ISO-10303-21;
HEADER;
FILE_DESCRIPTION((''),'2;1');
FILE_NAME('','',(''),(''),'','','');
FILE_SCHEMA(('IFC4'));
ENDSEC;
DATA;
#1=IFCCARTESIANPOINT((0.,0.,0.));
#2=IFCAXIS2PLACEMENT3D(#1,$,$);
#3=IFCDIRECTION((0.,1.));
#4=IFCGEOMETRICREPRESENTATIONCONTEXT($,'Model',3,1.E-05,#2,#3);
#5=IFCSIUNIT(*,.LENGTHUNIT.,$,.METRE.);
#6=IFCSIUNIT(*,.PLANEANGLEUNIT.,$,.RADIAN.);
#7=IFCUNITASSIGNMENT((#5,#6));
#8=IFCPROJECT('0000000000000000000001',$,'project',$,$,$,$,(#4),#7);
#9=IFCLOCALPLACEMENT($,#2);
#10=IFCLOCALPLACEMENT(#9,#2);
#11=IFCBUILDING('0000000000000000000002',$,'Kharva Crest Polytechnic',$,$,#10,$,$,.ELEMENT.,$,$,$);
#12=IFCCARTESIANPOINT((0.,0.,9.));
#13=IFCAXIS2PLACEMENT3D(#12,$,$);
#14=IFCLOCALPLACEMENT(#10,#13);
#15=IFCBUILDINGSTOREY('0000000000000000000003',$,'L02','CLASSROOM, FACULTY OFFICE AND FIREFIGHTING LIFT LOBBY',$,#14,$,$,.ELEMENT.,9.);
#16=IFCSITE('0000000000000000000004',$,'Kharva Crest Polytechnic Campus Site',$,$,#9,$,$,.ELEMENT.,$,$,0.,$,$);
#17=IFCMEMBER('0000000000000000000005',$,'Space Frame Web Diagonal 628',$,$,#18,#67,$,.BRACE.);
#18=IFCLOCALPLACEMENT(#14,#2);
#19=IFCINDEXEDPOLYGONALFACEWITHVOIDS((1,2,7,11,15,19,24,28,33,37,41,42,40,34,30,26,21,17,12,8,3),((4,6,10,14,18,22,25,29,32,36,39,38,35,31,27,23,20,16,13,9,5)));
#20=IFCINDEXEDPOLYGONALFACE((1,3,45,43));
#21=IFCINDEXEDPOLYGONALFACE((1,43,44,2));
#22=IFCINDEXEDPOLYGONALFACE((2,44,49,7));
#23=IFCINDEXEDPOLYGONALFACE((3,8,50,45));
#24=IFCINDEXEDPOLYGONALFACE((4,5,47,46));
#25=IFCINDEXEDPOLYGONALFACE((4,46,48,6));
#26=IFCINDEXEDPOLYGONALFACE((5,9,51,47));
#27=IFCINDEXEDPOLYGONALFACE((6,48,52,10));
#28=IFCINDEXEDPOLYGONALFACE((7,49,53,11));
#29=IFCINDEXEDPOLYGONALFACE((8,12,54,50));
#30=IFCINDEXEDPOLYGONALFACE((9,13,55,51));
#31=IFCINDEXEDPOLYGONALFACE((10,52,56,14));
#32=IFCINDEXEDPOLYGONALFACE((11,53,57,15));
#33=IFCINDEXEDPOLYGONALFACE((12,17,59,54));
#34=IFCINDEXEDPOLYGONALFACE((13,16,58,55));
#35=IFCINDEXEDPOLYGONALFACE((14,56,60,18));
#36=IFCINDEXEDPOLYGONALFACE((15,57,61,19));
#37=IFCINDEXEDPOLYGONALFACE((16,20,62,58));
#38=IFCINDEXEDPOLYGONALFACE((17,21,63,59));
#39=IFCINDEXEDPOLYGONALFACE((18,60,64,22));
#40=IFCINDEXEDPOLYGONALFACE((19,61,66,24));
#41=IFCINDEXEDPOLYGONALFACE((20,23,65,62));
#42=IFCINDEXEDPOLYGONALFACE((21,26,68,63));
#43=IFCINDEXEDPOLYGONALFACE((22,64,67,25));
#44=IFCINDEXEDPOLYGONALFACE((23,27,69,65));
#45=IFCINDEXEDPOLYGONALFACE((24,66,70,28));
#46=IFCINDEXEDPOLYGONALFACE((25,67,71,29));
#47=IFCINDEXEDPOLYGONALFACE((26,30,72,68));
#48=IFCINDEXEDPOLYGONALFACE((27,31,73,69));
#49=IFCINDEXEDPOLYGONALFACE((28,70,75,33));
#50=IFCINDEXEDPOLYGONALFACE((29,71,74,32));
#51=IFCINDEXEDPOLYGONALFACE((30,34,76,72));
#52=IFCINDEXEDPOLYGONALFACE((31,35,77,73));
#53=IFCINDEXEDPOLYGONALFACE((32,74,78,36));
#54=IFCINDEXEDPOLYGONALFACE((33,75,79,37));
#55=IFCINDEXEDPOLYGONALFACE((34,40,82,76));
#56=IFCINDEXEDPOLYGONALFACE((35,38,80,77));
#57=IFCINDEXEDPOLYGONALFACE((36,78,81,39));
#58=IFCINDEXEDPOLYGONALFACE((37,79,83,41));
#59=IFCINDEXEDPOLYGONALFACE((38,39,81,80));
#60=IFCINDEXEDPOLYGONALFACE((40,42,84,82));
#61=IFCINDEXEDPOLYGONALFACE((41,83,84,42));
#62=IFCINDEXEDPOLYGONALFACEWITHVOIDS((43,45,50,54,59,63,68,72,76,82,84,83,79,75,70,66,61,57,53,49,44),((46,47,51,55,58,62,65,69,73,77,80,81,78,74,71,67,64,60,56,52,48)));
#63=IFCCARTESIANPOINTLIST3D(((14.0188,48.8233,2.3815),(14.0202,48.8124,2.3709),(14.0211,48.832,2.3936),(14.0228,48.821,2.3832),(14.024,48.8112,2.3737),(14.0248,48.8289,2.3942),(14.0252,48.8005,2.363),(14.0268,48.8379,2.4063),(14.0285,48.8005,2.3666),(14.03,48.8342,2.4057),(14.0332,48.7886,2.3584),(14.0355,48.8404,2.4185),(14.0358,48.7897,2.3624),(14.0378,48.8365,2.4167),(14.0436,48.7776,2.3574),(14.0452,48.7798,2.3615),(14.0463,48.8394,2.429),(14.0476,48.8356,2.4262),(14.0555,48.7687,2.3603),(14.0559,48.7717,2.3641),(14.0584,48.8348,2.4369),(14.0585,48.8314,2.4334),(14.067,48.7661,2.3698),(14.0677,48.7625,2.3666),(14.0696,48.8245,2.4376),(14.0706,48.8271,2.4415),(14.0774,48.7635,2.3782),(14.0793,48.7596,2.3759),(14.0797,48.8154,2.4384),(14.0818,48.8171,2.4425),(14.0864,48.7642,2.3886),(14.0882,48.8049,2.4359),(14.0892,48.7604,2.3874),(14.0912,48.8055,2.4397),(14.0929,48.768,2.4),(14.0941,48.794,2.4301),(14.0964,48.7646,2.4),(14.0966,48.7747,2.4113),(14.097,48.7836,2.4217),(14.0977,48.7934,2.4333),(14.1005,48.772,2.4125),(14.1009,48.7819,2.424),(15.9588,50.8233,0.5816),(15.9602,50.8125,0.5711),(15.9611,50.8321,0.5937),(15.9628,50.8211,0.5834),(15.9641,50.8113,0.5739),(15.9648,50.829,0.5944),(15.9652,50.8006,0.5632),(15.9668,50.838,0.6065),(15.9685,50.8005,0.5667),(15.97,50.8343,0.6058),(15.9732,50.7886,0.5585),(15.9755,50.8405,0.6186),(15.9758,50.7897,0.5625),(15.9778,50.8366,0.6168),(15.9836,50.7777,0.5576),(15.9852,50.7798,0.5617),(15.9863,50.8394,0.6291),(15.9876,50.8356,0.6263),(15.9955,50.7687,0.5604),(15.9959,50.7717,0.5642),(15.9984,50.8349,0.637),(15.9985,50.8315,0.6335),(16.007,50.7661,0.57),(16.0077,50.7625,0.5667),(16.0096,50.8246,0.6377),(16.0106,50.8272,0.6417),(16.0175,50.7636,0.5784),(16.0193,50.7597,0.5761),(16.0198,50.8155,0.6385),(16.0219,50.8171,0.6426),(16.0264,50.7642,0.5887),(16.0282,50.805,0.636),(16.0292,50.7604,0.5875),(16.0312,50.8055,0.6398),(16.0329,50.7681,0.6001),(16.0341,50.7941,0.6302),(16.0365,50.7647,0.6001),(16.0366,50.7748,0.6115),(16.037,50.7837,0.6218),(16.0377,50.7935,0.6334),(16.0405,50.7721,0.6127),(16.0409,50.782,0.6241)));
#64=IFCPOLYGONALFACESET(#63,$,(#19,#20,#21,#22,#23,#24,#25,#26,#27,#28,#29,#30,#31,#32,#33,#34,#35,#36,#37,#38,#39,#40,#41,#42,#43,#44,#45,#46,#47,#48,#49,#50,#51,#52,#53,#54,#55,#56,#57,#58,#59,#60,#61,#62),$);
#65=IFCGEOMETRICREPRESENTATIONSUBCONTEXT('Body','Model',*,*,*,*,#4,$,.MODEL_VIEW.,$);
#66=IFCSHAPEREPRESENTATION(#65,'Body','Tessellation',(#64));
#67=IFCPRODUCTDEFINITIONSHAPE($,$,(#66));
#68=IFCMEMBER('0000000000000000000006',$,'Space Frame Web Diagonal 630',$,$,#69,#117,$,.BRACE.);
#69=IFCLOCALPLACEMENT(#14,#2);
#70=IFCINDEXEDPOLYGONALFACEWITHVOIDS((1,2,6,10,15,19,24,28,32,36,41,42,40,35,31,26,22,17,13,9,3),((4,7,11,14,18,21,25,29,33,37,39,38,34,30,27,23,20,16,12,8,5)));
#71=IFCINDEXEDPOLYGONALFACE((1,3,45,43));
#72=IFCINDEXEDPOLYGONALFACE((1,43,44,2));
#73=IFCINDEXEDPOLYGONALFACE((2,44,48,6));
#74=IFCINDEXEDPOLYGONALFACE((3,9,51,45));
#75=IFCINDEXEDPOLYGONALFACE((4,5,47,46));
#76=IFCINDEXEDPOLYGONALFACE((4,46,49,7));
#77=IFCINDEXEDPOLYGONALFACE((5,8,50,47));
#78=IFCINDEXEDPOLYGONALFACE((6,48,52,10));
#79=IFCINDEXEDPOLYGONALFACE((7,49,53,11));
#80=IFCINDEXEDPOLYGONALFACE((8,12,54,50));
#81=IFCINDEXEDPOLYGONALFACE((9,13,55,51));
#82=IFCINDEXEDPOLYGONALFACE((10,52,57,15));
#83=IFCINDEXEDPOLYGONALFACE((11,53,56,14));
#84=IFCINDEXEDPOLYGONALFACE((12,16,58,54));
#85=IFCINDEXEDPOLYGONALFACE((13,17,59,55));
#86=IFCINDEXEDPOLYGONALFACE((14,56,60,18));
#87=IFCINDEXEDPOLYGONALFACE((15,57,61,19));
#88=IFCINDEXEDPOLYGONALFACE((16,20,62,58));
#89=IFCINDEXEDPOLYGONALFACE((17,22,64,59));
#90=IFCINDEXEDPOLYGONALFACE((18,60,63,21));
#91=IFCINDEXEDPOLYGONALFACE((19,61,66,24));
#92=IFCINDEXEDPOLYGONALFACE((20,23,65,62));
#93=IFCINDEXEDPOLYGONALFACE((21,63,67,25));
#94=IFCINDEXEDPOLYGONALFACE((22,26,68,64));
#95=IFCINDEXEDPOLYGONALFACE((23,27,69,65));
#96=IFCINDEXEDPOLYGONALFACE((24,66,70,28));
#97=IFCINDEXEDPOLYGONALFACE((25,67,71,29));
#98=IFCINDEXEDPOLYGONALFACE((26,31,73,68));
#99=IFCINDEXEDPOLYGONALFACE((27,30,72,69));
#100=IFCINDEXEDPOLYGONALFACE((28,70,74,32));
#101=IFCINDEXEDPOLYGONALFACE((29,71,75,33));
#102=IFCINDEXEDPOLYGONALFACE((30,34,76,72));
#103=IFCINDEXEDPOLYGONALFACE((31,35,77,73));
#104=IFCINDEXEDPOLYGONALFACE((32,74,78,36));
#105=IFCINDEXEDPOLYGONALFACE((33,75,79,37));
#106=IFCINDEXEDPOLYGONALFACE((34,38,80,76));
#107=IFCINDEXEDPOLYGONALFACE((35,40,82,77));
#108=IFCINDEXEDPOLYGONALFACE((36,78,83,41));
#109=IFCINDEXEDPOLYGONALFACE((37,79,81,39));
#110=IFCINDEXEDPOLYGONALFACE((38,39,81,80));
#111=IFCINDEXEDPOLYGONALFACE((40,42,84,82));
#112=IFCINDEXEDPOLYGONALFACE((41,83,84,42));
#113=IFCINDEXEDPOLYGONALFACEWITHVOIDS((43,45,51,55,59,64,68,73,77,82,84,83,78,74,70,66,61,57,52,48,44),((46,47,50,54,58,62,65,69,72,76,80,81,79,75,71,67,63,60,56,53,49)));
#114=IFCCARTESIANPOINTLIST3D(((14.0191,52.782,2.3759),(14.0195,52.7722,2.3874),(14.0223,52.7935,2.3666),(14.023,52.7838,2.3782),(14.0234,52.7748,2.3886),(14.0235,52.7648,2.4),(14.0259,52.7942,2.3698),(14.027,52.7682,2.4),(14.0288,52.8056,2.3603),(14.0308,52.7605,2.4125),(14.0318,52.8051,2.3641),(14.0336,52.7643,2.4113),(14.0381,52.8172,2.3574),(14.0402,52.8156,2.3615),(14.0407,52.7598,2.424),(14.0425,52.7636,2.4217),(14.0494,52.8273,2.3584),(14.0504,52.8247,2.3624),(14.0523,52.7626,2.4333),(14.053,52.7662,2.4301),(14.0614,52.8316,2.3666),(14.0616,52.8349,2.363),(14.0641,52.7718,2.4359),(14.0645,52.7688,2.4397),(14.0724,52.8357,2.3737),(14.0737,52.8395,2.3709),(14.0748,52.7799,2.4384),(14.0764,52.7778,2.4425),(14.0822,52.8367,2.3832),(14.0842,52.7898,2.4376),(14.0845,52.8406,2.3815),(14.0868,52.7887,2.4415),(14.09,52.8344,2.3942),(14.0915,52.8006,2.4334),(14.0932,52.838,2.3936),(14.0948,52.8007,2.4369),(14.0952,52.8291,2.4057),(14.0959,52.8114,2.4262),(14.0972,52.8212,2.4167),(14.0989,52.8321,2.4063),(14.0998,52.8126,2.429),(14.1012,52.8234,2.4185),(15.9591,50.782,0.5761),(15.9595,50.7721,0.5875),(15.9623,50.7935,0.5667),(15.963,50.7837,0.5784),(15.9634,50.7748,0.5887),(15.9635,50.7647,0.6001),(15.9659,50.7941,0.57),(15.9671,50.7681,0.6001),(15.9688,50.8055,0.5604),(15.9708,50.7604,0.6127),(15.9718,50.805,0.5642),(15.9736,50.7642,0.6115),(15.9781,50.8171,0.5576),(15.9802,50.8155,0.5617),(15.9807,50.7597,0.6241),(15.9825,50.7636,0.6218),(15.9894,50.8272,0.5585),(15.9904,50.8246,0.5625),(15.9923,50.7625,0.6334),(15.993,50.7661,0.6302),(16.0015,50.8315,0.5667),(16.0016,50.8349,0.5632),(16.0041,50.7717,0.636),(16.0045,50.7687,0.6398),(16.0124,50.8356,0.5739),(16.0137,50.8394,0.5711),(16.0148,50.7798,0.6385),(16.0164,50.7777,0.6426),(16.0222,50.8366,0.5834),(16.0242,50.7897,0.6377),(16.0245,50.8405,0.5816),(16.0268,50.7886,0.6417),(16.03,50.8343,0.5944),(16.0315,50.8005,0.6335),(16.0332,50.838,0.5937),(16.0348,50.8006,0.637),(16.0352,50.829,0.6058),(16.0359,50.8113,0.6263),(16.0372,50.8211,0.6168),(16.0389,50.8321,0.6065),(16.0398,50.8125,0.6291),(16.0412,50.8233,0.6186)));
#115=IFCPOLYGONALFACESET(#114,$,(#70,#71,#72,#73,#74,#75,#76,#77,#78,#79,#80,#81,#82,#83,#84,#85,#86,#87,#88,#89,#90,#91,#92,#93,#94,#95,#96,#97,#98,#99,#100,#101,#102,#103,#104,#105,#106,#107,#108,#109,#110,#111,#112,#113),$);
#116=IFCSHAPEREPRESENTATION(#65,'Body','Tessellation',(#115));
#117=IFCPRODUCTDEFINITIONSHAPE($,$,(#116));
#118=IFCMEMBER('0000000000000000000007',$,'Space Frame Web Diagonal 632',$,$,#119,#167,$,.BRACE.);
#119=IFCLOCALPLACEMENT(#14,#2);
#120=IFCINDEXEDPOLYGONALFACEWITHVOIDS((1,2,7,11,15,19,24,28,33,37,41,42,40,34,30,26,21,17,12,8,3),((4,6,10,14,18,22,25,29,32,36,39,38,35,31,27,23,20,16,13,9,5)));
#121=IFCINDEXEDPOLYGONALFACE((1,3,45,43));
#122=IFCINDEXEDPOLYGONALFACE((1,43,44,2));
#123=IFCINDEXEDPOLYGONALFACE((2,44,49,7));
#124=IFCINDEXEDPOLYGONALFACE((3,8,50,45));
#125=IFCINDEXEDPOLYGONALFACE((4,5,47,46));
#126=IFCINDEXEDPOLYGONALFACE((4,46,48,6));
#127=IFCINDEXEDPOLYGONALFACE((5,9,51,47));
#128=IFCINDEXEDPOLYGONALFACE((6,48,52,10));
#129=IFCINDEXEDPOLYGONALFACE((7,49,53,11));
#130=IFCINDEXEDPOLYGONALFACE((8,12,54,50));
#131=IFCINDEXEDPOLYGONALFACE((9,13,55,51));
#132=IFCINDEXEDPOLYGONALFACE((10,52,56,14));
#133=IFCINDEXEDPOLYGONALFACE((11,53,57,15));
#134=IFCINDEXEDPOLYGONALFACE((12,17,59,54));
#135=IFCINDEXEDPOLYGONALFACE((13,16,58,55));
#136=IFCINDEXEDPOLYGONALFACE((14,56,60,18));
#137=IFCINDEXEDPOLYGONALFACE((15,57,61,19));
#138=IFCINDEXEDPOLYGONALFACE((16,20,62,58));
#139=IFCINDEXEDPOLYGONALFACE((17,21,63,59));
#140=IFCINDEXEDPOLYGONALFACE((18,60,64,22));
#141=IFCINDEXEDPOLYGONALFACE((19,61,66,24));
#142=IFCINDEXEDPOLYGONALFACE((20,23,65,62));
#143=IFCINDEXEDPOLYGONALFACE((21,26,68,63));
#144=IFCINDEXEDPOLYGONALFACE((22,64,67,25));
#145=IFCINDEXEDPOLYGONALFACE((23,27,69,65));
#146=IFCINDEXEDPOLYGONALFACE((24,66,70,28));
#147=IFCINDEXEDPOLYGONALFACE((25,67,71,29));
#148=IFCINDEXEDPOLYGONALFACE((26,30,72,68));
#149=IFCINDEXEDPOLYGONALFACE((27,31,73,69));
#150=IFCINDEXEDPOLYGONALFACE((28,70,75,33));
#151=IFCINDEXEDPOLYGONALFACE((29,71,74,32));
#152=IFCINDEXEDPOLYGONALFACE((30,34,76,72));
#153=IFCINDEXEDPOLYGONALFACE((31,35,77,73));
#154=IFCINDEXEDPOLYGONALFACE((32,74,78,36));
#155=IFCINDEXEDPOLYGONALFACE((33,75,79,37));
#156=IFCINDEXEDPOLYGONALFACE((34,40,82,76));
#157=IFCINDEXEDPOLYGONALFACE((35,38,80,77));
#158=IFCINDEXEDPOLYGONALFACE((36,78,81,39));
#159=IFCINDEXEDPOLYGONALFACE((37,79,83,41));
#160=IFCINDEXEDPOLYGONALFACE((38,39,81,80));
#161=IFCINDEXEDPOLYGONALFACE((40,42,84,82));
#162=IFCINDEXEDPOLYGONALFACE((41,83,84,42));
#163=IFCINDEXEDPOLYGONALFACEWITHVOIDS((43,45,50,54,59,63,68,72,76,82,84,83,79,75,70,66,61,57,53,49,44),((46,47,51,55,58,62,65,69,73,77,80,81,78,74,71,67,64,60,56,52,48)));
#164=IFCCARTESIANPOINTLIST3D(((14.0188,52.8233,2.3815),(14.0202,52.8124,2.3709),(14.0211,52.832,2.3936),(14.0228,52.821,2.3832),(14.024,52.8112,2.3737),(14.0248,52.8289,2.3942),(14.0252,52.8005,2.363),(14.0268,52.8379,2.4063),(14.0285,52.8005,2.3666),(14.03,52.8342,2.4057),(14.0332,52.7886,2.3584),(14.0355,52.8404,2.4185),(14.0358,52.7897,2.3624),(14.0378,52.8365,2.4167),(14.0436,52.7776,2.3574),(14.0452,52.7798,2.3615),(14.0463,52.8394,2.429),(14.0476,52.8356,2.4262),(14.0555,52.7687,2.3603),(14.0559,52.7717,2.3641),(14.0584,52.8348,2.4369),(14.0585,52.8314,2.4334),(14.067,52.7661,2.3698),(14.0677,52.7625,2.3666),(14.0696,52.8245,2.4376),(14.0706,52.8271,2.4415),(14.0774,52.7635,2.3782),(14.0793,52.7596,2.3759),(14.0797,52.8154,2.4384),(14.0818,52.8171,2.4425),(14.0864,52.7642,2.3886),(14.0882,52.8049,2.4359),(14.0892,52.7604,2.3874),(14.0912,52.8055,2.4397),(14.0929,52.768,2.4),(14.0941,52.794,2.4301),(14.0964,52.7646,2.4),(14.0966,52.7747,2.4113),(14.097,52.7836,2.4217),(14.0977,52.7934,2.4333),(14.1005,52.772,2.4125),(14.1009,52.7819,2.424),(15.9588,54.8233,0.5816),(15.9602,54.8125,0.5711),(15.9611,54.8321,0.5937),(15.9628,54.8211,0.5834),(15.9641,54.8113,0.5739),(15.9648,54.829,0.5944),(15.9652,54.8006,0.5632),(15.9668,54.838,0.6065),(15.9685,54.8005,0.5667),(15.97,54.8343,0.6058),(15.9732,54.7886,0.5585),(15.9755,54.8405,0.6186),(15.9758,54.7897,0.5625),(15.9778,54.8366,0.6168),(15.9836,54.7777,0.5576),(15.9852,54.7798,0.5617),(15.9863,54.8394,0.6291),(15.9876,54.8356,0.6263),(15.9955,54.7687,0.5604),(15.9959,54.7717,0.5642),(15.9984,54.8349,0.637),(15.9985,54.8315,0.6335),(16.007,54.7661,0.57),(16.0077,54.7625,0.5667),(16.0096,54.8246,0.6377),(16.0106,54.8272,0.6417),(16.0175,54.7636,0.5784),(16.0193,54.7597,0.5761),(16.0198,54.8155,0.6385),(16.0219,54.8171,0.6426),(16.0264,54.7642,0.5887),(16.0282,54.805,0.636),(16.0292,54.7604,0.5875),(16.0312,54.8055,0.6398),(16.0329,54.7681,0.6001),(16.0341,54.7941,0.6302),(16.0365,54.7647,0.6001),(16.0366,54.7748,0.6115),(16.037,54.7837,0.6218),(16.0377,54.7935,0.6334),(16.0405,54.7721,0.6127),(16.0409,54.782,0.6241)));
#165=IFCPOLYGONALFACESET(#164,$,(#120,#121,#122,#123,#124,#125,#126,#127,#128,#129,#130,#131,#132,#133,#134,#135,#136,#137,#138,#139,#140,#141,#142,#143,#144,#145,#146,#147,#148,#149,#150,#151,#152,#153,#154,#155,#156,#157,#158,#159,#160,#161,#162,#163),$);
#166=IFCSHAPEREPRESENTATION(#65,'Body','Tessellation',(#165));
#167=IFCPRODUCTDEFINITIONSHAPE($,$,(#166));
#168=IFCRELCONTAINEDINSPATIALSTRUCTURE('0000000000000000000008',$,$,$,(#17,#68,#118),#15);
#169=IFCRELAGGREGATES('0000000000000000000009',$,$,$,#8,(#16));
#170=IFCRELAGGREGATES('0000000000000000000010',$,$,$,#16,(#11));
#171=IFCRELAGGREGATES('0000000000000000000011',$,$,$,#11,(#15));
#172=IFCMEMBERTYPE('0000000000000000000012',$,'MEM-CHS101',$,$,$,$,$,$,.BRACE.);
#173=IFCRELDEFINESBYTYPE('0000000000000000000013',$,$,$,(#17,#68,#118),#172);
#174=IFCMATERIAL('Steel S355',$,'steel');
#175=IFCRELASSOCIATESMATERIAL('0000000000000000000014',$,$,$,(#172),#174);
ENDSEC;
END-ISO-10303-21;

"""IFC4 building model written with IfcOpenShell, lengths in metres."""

from ifc_helpers import new_model, si_unit, direction, frame, origin, origin_2d, place, context, subcontext, project, spatial, hollow_circle, extrude, material, material_profile, profile_set, type_object, element, save


model = new_model("IFC4")

# Units and contexts
model_context = context("Model", 3, precision=1e-05, world=origin(), true_north=direction((0.0, 1.0)))
body_context = subcontext(model_context, "Body", "Model", "MODEL_VIEW")
ifc_project = project(units=[si_unit("LENGTHUNIT", "METRE"), si_unit("PLANEANGLEUNIT", "RADIAN")], contexts=[model_context])

# Site, building, storey
site_placement = place(None, origin())
site = spatial("IfcSite", under=ifc_project, at=site_placement, Name="Kharva Crest Polytechnic Campus Site", CompositionType="ELEMENT", RefElevation=0.0)
building_placement = place(site_placement, origin())
building = spatial("IfcBuilding", under=site, at=building_placement, Name="Kharva Crest Polytechnic", CompositionType="ELEMENT")
storey_placement = place(building_placement, frame((0.0, 0.0, 9.0)))
storey = spatial("IfcBuildingStorey", under=building, at=storey_placement, Name="L02", Description="CLASSROOM, FACULTY OFFICE AND FIREFIGHTING LIFT LOBBY", CompositionType="ELEMENT", Elevation=9.0)

# Shared definitions
ifc_material_1 = material(Name="Steel S355", Category="steel")

# Members
ifc_material_profile_1 = material_profile(ifc_material_1, hollow_circle(Radius=0.0508, WallThickness=0.0049, at=origin_2d()), Name="CHS 101.6X5.0")
ifc_profile_set_1 = profile_set([ifc_material_profile_1], Name="Steel S355")
member_type_1 = type_object("IfcMemberType", Name="MEM-CHS101", PredefinedType="BRACE", material=ifc_profile_set_1)
for number, where, z_axis, x_axis, name in (
    (1, (16.0, 50.8, 0.6001), (-0.584843, -0.60295, 0.542596), (0.717802, -0.696247, 0.0), "Space Frame Web Diagonal 628"),
    (2, (16.0, 50.8, 0.6001), (-0.584843, 0.60295, 0.542596), (-0.717802, -0.696247, 0.0), "Space Frame Web Diagonal 630"),
    (3, (16.0, 54.8, 0.6001), (-0.584843, -0.60295, 0.542596), (0.717802, -0.696247, 0.0), "Space Frame Web Diagonal 632"),
):
    element("IfcMember", number, at=place(storey_placement, frame(where, z_axis=z_axis, x_axis=x_axis)), inside=storey, type_object=member_type_1, Name=name, PredefinedType="BRACE", context=body_context, shape_type="SweptSolid", body=[
        extrude(hollow_circle(Radius=0.0508, WallThickness=0.0049, at=origin_2d()), origin(), (0.0, 0.0, 1.0), 3.3171),
    ])

save(model, "model.ifc")
